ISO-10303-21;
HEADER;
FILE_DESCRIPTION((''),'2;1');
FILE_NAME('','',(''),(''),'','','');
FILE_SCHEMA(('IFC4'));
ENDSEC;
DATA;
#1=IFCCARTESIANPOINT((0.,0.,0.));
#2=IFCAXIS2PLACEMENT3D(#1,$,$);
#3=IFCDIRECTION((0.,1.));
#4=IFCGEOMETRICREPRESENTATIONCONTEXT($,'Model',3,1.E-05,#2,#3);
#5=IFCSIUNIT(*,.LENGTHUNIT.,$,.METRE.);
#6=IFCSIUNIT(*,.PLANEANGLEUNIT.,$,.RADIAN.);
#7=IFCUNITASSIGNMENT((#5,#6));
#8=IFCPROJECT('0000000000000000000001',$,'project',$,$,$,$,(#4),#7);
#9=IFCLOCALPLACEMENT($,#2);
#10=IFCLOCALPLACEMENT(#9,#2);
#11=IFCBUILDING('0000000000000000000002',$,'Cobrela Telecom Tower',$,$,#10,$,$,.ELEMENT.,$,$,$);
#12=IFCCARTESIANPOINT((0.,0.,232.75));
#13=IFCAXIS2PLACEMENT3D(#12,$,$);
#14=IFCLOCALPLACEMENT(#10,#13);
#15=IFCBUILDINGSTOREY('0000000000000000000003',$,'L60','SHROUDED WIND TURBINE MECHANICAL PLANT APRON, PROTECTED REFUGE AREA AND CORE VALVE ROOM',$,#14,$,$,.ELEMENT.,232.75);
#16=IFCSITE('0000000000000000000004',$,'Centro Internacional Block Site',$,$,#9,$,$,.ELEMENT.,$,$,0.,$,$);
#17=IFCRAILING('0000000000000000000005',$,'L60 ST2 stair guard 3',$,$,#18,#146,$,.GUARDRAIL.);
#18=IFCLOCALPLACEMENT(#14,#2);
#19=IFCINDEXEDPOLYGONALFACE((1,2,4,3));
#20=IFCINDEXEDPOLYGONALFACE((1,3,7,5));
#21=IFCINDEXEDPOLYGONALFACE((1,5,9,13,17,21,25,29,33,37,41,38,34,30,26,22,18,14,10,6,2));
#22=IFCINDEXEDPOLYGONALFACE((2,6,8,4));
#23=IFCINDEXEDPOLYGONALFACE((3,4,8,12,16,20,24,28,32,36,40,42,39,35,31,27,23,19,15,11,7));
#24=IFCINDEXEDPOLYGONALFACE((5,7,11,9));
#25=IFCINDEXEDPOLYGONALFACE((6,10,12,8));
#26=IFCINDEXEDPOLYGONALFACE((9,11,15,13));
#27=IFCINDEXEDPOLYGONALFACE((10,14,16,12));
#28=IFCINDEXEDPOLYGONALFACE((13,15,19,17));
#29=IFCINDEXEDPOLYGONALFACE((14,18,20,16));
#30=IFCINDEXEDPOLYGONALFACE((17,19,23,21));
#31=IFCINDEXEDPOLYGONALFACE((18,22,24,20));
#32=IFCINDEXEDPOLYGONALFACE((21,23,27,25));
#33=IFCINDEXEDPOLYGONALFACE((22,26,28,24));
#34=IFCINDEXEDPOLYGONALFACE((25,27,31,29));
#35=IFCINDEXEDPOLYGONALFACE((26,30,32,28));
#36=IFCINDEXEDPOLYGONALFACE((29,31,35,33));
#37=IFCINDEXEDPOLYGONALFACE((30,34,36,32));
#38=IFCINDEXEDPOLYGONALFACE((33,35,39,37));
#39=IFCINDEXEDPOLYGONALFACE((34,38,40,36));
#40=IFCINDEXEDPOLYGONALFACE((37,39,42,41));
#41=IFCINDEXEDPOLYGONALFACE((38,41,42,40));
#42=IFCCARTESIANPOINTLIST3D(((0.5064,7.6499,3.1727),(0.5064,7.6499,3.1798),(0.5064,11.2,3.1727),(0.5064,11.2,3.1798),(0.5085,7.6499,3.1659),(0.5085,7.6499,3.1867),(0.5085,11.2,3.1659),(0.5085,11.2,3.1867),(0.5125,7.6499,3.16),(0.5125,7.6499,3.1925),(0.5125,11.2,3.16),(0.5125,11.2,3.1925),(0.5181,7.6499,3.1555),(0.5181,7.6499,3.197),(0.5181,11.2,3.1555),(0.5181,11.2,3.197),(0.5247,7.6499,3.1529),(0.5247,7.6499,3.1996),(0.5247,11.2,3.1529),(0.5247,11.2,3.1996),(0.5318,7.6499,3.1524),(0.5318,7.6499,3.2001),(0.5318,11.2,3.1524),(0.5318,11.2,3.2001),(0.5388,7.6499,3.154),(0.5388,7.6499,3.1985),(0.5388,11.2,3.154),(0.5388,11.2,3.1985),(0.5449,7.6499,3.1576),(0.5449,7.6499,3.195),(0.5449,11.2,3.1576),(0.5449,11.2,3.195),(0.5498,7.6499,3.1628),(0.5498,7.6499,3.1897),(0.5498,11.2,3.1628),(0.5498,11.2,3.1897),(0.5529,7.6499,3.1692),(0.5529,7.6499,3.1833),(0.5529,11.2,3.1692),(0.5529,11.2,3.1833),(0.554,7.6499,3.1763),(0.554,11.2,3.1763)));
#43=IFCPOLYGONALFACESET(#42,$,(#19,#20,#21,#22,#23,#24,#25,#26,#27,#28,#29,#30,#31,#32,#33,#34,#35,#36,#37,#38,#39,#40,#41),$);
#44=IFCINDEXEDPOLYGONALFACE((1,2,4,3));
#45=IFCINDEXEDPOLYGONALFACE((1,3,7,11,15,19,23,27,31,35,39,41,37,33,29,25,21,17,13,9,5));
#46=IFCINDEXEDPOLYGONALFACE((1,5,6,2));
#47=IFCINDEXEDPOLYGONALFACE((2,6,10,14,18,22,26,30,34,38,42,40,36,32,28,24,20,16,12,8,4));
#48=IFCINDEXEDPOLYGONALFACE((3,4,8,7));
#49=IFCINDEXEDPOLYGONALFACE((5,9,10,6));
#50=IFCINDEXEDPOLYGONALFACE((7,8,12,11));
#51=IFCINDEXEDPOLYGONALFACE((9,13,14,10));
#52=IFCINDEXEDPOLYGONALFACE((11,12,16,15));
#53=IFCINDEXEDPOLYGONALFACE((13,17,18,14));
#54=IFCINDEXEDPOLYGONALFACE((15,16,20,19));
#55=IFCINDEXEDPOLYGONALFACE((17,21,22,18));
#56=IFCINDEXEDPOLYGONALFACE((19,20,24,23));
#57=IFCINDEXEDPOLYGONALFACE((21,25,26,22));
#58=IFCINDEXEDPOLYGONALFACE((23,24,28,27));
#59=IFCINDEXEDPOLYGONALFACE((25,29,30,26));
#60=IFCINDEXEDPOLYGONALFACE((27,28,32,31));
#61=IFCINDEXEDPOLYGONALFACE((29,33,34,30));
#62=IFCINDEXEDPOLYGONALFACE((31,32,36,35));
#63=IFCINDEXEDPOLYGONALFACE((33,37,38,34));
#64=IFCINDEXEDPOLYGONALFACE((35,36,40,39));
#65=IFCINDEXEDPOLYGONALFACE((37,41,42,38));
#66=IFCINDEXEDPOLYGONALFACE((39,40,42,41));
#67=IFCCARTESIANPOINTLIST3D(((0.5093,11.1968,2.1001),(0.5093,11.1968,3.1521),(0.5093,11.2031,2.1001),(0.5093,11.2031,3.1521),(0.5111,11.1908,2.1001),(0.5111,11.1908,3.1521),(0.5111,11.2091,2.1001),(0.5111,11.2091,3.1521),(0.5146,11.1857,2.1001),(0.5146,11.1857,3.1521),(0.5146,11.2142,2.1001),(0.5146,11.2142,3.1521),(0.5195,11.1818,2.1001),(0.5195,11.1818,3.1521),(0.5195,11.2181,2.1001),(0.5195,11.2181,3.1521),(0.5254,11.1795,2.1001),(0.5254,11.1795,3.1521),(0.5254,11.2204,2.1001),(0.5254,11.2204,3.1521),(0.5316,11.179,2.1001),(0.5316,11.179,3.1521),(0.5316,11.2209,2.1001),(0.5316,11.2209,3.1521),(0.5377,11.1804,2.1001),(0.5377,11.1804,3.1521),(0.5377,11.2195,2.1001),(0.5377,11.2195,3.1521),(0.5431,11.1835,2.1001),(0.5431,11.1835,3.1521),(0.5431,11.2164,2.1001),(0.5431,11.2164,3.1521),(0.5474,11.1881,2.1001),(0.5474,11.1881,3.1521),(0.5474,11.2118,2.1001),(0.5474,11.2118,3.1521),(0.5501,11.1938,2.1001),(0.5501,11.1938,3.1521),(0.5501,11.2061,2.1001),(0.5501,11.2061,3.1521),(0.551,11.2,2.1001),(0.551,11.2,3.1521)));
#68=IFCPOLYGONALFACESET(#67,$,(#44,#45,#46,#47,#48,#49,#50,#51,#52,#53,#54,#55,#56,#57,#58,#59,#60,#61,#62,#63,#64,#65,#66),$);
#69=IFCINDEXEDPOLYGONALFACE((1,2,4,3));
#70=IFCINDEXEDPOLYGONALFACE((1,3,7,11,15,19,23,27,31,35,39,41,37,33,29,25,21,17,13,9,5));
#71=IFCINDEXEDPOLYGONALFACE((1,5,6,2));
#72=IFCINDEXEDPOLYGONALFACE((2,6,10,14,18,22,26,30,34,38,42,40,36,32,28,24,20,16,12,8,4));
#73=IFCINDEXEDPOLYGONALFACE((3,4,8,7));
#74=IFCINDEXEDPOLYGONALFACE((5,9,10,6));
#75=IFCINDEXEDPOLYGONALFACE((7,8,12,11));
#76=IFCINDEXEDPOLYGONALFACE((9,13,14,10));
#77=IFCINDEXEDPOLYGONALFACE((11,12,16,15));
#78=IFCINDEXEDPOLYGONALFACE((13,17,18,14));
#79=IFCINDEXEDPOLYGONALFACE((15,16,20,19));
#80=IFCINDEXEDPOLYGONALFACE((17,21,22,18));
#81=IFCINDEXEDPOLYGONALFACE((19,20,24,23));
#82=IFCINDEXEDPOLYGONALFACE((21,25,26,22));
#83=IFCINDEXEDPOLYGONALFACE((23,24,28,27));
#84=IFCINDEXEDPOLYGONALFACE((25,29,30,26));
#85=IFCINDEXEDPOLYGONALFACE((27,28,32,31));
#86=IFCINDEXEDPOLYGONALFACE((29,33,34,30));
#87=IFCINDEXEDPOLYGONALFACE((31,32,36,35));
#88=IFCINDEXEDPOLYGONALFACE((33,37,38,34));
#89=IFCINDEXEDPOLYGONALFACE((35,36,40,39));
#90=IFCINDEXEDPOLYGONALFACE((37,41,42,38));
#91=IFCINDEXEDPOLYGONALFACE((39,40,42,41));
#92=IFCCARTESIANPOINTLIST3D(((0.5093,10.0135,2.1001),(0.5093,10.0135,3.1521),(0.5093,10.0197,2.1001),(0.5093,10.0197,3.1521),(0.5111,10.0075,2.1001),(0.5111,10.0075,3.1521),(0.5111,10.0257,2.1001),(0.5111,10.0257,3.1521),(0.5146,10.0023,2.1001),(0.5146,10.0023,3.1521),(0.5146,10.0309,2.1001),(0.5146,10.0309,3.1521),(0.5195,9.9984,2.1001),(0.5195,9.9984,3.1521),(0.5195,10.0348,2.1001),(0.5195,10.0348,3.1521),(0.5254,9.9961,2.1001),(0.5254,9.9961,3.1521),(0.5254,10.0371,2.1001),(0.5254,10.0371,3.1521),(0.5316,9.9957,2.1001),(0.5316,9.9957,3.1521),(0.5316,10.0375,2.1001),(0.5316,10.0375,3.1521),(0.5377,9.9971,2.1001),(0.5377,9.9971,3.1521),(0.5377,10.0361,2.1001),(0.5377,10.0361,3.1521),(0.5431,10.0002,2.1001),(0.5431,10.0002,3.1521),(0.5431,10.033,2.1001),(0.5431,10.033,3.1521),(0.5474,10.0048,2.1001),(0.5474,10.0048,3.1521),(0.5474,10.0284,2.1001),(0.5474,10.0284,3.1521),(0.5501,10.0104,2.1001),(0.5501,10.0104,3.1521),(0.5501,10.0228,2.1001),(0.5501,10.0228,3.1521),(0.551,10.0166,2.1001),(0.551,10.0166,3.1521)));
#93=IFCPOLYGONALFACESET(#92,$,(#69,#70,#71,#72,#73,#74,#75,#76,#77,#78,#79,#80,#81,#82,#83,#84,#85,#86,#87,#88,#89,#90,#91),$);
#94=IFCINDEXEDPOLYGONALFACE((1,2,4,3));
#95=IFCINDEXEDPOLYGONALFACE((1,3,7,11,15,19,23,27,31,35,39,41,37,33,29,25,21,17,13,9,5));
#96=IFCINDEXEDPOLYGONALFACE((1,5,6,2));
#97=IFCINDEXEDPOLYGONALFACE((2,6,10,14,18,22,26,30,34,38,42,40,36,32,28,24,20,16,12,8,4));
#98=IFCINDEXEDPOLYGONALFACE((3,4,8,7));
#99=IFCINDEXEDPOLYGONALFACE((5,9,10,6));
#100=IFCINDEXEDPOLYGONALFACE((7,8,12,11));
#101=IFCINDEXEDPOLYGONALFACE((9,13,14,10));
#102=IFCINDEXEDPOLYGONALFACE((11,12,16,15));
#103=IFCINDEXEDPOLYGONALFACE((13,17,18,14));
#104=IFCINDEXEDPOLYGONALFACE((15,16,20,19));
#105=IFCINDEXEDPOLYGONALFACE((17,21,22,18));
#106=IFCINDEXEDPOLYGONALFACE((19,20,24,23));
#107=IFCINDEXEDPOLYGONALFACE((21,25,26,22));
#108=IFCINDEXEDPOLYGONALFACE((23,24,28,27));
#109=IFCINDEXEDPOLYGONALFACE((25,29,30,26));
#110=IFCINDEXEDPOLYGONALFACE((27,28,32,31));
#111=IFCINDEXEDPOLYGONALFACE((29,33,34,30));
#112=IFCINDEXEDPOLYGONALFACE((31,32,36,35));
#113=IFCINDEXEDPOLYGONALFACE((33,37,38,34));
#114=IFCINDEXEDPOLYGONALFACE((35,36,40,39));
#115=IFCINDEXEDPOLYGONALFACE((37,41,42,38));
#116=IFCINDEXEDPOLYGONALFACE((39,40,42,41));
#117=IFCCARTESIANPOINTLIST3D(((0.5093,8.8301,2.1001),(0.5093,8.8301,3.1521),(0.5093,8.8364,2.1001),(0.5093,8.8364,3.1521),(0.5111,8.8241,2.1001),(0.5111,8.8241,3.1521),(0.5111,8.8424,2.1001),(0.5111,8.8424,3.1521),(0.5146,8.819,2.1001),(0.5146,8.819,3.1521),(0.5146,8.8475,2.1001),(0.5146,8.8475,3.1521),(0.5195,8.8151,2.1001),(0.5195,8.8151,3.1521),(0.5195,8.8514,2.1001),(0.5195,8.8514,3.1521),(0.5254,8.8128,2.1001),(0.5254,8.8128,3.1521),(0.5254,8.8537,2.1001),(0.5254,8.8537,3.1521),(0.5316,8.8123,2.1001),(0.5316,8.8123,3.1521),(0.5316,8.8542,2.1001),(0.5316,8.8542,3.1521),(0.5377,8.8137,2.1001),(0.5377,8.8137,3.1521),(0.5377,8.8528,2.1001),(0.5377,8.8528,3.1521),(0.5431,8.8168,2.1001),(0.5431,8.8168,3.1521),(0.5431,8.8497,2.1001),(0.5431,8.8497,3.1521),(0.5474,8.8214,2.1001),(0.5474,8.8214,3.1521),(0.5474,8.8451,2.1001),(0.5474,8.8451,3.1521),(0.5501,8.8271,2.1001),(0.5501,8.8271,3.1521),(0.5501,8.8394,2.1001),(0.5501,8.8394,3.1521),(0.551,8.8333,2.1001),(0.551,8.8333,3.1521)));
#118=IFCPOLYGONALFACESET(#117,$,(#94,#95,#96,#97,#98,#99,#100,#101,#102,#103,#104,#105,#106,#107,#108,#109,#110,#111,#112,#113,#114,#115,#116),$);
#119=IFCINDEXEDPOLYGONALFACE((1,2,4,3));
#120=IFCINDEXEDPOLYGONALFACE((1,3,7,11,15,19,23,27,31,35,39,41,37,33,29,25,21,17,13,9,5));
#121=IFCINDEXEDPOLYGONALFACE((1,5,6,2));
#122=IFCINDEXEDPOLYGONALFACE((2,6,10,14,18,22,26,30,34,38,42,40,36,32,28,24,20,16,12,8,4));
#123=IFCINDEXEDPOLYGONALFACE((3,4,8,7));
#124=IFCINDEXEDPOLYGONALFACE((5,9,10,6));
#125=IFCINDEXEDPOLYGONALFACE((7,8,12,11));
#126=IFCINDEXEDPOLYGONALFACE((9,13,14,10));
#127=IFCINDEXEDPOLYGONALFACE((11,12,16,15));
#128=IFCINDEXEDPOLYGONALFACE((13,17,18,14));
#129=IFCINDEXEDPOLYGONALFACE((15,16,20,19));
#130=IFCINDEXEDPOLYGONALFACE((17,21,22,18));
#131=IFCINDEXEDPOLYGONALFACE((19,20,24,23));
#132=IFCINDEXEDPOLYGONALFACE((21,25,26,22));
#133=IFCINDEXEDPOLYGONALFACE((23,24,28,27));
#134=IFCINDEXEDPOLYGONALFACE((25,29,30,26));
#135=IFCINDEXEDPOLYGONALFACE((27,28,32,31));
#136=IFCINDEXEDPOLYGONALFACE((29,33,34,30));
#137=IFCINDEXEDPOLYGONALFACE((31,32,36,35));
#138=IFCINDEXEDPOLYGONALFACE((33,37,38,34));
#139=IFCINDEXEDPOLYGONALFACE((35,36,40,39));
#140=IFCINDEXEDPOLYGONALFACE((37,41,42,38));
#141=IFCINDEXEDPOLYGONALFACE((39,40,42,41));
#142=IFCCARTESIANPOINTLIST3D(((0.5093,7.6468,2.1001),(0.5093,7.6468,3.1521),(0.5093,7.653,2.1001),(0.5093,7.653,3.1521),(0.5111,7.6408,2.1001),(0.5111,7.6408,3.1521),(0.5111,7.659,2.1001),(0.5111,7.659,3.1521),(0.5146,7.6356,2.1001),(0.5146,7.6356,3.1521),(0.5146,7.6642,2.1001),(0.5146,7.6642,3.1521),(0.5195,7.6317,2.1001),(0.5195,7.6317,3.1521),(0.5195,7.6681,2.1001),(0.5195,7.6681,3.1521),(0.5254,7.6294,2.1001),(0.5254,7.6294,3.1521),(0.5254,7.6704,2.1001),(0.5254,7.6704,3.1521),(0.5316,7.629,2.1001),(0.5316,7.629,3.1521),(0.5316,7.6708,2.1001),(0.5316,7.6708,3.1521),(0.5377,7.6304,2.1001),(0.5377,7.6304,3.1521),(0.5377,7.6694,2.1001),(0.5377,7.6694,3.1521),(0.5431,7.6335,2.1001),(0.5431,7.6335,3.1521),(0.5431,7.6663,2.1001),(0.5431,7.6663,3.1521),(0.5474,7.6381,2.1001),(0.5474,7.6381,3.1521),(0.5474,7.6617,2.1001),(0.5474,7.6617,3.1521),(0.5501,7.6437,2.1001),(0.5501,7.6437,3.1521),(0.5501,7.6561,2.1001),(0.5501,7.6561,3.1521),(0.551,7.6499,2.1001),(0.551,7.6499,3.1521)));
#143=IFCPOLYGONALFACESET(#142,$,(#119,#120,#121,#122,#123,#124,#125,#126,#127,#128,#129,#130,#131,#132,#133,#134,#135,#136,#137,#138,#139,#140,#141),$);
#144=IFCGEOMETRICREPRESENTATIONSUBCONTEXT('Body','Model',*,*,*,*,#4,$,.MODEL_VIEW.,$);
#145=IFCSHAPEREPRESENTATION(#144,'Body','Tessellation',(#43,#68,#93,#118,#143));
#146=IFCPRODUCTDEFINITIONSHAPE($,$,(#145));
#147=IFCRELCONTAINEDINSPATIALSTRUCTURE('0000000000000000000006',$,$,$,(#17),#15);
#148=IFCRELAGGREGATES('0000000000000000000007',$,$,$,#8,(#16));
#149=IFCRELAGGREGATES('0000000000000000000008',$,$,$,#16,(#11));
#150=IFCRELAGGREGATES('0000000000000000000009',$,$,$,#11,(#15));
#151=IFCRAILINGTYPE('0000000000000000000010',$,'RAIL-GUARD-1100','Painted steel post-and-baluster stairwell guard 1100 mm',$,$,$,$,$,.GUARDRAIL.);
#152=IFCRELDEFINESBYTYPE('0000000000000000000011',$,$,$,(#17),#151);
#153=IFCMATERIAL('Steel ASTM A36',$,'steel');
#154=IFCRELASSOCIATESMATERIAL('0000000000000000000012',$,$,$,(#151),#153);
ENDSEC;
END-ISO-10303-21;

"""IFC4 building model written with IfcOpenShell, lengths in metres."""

from ifc_helpers import new_model, si_unit, direction, frame, origin, origin_2d, place, context, subcontext, project, spatial, circle, extrude, material, type_object, element, save


model = new_model("IFC4")

# Units and contexts
model_context = context("Model", 3, precision=1e-05, world=origin(), true_north=direction((0.0, 1.0)))
body_context = subcontext(model_context, "Body", "Model", "MODEL_VIEW")
ifc_project = project(units=[si_unit("LENGTHUNIT", "METRE"), si_unit("PLANEANGLEUNIT", "RADIAN")], contexts=[model_context])

# Site, building, storey
site_placement = place(None, origin())
site = spatial("IfcSite", under=ifc_project, at=site_placement, Name="Centro Internacional Block Site", CompositionType="ELEMENT", RefElevation=0.0)
building_placement = place(site_placement, origin())
building = spatial("IfcBuilding", under=site, at=building_placement, Name="Cobrela Telecom Tower", CompositionType="ELEMENT")
storey_placement = place(building_placement, frame((0.0, 0.0, 232.75)))
storey = spatial("IfcBuildingStorey", under=building, at=storey_placement, Name="L60", Description="SHROUDED WIND TURBINE MECHANICAL PLANT APRON, PROTECTED REFUGE AREA AND CORE VALVE ROOM", CompositionType="ELEMENT", Elevation=232.75)

# Shared definitions
ifc_material_1 = material(Name="Steel ASTM A36", Category="steel")

# Railing
railing_type_1 = type_object("IfcRailingType", Name="RAIL-GUARD-1100", Description="Painted steel post-and-baluster stairwell guard 1100 mm", PredefinedType="GUARDRAIL", material=ifc_material_1)
railing_1_placement = place(storey_placement, frame((0.53, 11.2, 2.1001)))
element("IfcRailing", 1, at=railing_1_placement, inside=storey, type_object=railing_type_1, Name="L60 ST2 stair guard 3", PredefinedType="GUARDRAIL", context=body_context, shape_type="SweptSolid", body=[
    extrude(circle(Radius=0.0239, at=origin_2d()), frame((0.0, 0.0, 1.0762), z_axis=(0.0, -1.0, 0.0), x_axis=(1.0, 0.0, 0.0)), (0.0, 0.0, 1.0), 3.55),
    extrude(circle(Radius=0.021, at=origin_2d()), origin(), (0.0, 0.0, 1.0), 1.052),
    extrude(circle(Radius=0.021, at=origin_2d()), frame((0.0, -1.1833, 0.0)), (0.0, 0.0, 1.0), 1.052),
    extrude(circle(Radius=0.021, at=origin_2d()), frame((0.0, -2.3667, 0.0)), (0.0, 0.0, 1.0), 1.052),
    extrude(circle(Radius=0.021, at=origin_2d()), frame((0.0, -3.55, 0.0)), (0.0, 0.0, 1.0), 1.052),
])

save(model, "model.ifc")
